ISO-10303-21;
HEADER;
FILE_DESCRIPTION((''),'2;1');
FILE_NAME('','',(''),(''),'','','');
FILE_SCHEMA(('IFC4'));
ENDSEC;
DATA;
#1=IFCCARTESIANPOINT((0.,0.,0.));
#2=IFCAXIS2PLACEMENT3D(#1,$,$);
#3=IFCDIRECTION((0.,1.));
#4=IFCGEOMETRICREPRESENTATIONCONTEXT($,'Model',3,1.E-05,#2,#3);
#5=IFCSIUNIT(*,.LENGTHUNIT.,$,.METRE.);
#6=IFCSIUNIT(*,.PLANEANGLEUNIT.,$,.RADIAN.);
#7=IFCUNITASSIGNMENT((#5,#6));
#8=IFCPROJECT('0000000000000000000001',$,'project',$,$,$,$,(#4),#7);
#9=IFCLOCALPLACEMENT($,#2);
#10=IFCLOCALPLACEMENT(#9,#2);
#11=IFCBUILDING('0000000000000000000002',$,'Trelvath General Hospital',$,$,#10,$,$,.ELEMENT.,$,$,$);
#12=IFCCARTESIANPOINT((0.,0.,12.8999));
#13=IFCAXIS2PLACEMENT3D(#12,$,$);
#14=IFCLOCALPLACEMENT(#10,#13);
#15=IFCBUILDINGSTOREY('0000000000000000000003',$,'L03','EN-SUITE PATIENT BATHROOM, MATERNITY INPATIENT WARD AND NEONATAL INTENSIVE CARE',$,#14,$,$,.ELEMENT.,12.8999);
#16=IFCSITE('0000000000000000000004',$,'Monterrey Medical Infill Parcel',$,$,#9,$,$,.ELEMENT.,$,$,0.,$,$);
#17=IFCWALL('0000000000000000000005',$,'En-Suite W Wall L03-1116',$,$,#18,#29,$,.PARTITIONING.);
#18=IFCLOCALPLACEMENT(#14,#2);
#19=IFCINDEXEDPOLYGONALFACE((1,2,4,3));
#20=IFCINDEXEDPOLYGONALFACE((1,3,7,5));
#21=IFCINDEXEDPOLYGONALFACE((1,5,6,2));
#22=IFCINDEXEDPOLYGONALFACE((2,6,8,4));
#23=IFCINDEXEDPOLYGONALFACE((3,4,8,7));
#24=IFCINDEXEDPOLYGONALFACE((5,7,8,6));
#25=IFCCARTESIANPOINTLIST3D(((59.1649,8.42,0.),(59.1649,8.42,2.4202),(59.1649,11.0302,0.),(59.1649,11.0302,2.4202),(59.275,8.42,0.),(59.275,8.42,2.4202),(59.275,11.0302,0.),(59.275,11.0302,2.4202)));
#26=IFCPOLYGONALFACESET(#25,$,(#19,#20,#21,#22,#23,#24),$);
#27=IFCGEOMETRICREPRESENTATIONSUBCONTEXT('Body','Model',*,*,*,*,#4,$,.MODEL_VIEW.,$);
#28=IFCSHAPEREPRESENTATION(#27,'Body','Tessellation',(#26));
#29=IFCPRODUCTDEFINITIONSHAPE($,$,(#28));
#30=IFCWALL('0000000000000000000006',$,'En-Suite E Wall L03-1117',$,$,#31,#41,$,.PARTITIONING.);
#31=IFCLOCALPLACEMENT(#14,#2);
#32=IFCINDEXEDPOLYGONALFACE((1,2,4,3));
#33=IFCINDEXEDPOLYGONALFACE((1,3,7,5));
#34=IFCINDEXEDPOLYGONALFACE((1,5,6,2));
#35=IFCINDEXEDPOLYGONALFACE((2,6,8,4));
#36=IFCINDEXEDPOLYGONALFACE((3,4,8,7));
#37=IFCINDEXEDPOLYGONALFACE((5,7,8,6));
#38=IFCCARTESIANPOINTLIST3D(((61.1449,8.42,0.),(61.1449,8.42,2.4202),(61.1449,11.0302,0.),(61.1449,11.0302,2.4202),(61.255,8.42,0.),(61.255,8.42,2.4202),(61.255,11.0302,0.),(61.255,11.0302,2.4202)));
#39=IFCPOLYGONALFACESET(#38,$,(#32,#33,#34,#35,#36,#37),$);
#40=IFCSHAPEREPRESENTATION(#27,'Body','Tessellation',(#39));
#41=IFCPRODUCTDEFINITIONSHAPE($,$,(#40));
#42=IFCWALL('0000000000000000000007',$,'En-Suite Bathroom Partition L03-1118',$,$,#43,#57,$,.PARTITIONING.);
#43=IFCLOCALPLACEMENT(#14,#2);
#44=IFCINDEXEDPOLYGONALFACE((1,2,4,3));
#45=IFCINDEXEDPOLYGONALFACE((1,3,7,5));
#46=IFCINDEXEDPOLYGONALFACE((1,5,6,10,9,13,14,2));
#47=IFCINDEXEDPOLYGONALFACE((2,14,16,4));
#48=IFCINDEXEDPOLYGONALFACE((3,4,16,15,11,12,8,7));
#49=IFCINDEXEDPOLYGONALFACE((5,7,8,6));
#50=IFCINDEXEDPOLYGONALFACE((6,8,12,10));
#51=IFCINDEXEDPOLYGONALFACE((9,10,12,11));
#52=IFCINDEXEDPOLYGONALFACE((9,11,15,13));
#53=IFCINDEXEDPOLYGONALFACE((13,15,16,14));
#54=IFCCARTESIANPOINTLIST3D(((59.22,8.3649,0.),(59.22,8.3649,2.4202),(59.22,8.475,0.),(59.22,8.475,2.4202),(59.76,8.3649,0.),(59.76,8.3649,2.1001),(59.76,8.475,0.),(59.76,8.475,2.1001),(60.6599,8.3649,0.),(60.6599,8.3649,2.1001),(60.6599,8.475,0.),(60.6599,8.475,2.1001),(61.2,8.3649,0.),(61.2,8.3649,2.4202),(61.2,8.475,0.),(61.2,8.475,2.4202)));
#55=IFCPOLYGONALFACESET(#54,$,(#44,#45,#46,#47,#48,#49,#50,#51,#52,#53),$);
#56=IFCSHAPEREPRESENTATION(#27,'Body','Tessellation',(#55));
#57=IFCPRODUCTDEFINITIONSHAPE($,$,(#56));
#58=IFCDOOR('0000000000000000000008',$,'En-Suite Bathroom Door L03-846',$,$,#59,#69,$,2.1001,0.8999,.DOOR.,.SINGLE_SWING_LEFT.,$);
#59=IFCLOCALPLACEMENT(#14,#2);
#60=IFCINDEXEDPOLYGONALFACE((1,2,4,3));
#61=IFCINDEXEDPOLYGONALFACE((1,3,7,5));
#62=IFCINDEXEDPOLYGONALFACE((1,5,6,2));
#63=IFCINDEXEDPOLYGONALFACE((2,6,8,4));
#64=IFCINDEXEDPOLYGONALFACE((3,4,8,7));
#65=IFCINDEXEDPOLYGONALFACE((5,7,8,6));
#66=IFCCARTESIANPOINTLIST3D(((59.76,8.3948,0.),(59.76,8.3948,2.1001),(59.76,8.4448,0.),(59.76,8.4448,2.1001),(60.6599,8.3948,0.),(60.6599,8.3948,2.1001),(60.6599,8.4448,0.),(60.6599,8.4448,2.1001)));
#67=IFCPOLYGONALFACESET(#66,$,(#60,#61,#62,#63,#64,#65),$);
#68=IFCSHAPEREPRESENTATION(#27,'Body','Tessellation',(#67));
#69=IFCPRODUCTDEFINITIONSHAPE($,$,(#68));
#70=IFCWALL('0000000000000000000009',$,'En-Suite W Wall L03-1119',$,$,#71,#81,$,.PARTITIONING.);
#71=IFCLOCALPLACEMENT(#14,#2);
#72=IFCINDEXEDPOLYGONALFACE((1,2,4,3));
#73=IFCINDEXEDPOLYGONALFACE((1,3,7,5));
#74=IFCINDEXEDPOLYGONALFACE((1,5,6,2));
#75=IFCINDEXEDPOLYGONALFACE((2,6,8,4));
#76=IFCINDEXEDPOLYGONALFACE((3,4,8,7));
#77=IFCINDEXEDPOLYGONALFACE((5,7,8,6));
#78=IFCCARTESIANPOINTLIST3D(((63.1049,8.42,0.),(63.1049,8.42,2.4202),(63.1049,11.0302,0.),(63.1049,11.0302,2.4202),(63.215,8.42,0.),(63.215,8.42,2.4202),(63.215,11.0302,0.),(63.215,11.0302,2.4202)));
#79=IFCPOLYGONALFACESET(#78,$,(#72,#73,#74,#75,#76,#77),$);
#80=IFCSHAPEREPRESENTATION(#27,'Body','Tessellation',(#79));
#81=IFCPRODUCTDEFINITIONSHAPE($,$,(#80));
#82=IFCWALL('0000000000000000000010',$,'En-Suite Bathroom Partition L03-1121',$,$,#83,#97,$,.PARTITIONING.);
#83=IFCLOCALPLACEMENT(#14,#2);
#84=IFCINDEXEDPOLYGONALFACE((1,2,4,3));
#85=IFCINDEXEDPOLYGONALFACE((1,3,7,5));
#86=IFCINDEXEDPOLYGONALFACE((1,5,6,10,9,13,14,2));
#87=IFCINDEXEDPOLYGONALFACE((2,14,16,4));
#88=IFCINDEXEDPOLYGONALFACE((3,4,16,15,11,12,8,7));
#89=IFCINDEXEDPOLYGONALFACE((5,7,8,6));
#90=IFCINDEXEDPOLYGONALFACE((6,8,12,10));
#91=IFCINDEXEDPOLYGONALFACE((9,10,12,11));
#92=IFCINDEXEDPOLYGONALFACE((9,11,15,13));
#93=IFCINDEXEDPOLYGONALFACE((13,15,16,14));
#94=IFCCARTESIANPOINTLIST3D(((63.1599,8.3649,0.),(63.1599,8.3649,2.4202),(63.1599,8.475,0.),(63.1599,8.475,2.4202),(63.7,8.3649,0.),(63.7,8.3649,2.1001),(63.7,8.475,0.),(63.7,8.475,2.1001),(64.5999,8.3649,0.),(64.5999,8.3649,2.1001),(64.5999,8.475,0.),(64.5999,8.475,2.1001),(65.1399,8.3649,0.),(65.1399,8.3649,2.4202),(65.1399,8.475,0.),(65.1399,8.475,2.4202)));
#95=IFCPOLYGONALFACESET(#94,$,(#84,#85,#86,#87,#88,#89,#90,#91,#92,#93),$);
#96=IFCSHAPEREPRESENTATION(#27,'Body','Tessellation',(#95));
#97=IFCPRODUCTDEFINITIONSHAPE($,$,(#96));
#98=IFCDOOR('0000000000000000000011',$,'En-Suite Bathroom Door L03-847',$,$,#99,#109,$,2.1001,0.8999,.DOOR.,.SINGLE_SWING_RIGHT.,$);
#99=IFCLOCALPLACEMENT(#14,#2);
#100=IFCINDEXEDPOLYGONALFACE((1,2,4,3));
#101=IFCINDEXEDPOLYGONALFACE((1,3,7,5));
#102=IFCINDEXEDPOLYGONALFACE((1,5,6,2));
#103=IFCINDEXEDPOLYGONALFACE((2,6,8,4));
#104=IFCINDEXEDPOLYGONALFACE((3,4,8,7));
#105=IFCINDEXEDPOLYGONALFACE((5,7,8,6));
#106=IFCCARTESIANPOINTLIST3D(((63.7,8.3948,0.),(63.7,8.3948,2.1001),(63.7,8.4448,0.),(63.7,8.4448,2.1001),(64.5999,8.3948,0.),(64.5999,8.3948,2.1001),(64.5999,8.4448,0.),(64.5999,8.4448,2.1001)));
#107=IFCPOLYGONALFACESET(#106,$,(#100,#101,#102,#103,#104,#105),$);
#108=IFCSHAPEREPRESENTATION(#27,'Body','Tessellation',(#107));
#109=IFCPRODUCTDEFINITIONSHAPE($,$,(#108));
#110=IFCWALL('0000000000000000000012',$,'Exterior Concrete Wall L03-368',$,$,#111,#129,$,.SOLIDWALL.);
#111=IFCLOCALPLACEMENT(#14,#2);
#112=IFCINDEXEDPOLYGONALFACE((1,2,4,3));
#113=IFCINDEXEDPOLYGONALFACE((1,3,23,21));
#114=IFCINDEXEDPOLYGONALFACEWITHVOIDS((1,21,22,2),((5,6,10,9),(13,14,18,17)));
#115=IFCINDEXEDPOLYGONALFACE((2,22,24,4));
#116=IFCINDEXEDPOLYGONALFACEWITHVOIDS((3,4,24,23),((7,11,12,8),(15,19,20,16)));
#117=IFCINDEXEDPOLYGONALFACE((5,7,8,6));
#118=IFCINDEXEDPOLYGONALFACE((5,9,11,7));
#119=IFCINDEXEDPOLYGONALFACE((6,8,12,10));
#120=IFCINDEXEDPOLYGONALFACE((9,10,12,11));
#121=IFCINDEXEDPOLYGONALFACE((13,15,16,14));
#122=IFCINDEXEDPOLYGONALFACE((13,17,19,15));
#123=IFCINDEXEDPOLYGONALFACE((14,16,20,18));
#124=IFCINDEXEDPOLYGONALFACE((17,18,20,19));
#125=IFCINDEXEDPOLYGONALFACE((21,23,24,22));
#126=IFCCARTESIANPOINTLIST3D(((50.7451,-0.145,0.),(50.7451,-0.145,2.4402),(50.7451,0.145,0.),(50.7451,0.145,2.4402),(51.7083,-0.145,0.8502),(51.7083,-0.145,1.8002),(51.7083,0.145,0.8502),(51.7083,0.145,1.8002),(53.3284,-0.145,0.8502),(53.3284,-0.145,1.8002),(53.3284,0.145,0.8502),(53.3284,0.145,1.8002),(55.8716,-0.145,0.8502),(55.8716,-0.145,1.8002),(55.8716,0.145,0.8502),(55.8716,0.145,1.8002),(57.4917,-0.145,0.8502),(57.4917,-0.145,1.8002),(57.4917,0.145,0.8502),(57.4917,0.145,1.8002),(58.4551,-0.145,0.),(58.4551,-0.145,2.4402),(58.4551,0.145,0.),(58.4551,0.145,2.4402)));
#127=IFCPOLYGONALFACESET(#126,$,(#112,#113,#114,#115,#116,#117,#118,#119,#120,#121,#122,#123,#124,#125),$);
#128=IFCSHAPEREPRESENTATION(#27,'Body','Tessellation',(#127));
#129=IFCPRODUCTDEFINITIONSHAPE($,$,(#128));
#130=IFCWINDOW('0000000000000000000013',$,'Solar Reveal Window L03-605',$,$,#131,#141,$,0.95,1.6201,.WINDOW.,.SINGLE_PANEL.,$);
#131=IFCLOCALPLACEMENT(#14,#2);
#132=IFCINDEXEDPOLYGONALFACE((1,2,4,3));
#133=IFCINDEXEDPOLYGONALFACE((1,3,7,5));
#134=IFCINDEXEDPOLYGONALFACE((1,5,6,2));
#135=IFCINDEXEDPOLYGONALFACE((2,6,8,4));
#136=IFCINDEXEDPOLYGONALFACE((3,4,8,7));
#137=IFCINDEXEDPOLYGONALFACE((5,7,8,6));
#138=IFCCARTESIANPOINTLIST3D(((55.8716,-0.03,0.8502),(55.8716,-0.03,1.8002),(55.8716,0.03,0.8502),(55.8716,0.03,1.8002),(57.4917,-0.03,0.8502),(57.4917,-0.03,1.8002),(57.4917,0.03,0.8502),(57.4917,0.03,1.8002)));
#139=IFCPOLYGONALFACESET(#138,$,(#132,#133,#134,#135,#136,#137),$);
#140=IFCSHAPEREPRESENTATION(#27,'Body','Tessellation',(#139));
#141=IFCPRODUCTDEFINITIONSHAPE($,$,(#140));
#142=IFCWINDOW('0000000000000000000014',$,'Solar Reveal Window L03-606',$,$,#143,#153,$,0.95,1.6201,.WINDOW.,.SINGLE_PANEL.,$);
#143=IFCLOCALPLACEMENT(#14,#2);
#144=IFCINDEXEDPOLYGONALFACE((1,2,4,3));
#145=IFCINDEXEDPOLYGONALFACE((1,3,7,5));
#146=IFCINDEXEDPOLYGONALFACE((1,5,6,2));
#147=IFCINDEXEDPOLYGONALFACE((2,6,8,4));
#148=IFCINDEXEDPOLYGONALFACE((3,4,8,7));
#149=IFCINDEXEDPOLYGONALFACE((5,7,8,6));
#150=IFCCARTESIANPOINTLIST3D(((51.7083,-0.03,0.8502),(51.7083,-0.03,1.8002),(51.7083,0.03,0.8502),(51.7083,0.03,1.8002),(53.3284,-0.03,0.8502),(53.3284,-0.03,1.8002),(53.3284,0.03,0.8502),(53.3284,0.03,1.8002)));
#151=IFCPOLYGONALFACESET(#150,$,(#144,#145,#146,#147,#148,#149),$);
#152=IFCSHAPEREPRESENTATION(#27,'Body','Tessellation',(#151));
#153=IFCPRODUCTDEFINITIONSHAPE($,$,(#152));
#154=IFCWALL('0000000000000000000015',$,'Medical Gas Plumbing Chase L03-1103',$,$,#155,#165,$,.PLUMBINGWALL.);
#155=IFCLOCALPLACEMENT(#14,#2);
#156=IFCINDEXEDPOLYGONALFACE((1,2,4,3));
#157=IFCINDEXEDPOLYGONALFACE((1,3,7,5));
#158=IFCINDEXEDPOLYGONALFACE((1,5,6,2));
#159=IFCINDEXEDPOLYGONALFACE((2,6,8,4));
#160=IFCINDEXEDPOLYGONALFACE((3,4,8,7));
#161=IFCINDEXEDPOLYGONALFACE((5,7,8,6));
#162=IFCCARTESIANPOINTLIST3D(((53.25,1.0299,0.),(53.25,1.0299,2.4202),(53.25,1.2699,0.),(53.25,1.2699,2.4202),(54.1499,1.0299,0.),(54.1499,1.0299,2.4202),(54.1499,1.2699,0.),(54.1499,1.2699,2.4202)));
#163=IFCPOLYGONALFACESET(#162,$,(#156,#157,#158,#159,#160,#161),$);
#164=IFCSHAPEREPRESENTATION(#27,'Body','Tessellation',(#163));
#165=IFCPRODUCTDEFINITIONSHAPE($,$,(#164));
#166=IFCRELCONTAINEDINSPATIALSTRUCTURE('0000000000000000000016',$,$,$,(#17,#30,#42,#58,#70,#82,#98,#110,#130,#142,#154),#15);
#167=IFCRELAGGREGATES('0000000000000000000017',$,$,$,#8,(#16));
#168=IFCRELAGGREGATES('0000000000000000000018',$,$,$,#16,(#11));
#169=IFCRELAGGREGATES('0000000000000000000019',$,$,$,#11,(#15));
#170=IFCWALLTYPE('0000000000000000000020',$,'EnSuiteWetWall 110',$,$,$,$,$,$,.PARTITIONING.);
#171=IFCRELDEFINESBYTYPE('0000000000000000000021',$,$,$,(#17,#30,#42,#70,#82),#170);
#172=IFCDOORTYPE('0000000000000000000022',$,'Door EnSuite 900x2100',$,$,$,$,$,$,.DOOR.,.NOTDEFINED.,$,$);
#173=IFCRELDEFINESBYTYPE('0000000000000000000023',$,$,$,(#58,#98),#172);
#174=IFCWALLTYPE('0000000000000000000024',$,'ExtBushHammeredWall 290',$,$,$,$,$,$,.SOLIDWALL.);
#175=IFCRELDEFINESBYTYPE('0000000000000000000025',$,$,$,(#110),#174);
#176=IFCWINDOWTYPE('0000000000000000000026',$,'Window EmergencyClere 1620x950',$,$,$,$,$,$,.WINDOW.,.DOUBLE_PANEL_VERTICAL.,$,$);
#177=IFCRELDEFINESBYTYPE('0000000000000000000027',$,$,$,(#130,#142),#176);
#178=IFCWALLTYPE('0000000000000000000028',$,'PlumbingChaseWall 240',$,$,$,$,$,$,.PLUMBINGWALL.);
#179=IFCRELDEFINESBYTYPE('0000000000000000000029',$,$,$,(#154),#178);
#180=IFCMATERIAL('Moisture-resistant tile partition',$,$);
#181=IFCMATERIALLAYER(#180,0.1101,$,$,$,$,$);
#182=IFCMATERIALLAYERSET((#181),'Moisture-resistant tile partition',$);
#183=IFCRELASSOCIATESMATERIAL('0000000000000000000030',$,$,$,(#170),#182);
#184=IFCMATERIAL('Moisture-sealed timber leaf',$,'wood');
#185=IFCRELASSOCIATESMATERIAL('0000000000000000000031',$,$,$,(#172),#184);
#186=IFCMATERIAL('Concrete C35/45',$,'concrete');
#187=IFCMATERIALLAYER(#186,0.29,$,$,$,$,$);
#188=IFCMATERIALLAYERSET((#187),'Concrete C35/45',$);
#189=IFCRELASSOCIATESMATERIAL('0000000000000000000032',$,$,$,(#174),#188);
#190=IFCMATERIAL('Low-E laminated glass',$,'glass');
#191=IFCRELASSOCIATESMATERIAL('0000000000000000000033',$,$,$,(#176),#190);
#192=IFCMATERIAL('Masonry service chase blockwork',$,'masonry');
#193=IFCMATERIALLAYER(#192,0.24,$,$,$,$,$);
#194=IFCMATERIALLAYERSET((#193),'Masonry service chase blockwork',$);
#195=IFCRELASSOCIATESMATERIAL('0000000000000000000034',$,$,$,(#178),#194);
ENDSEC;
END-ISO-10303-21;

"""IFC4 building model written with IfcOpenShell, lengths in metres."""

from ifc_helpers import new_model, si_unit, direction, frame, frame_2d, origin, place, context, subcontext, project, spatial, rectangle, extrude, material, layer, layer_set, type_object, element, fill, save


model = new_model("IFC4")

# Units and contexts
model_context = context("Model", 3, precision=1e-05, world=origin(), true_north=direction((0.0, 1.0)))
body_context = subcontext(model_context, "Body", "Model", "MODEL_VIEW")
ifc_project = project(units=[si_unit("LENGTHUNIT", "METRE"), si_unit("PLANEANGLEUNIT", "RADIAN")], contexts=[model_context])

# Site, building, storey
site_placement = place(None, origin())
site = spatial("IfcSite", under=ifc_project, at=site_placement, Name="Monterrey Medical Infill Parcel", CompositionType="ELEMENT", RefElevation=0.0)
building_placement = place(site_placement, origin())
building = spatial("IfcBuilding", under=site, at=building_placement, Name="Trelvath General Hospital", CompositionType="ELEMENT")
storey_placement = place(building_placement, frame((0.0, 0.0, 12.8999)))
storey = spatial("IfcBuildingStorey", under=building, at=storey_placement, Name="L03", Description="EN-SUITE PATIENT BATHROOM, MATERNITY INPATIENT WARD AND NEONATAL INTENSIVE CARE", CompositionType="ELEMENT", Elevation=12.8999)

# Shared definitions
ifc_material_1 = material(Name="Moisture-resistant tile partition")
ifc_layer_1 = layer(ifc_material_1, 0.1101)
ifc_layer_set_1 = layer_set([ifc_layer_1], Name="Moisture-resistant tile partition")
wall_type_1 = type_object("IfcWallType", Name="EnSuiteWetWall 110", PredefinedType="PARTITIONING", material=ifc_layer_set_1)

# Shared definitions
ifc_material_2 = material(Name="Moisture-sealed timber leaf", Category="wood")
door_type = type_object("IfcDoorType", Name="Door EnSuite 900x2100", OperationType="NOTDEFINED", PredefinedType="DOOR", material=ifc_material_2)

# Walls
for number, where, z_axis, x_axis, name in (
    (1, (59.22, 8.4199, 0.0), (0.0, 0.0, 1.0), (0.0, 1.0, 0.0), "En-Suite W Wall L03-1116"),
    (2, (61.2, 8.4199, 0.0), (0.0, 0.0, 1.0), (0.0, 1.0, 0.0), "En-Suite E Wall L03-1117"),
):
    element("IfcWall", number, at=place(storey_placement, frame(where, z_axis=z_axis, x_axis=x_axis)), inside=storey, type_object=wall_type_1, Name=name, PredefinedType="PARTITIONING", context=body_context, shape_type="SweptSolid", body=[
        extrude(rectangle(XDim=2.6101, YDim=0.1101, at=frame_2d((1.3052, 0.0))), origin(), (0.0, 0.0, 1.0), 2.4202),
    ])

# Wall, opening, door
wall_1_placement = place(storey_placement, frame((59.22, 8.4199, 0.0), z_axis=(0.0, 0.0, 1.0), x_axis=(1.0, 0.0, 0.0)))
wall_1 = element("IfcWall", 3, at=wall_1_placement, inside=storey, type_object=wall_type_1, Name="En-Suite Bathroom Partition L03-1118", PredefinedType="PARTITIONING", context=body_context, shape_type="SweptSolid", body=[
    extrude(rectangle(XDim=1.98, YDim=0.1101, at=frame_2d((0.99, 0.0))), origin(), (0.0, 0.0, 1.0), 2.4202),
])
opening_1_placement = place(wall_1_placement, frame((0.54, 0.0, 0.0)))
opening_1 = element("IfcOpeningElement", 4, at=opening_1_placement, cuts=wall_1, PredefinedType="OPENING", context=body_context, shape_type="SweptSolid", body=[
    extrude(rectangle(XDim=0.8999, YDim=2.1001, at=frame_2d((0.45, 1.05))), frame((0.0, 0.0649, 0.0), z_axis=(0.0, -1.0, 0.0), x_axis=(1.0, 0.0, 0.0)), (0.0, 0.0, 1.0), 0.1301),
])
door_1_placement = place(opening_1_placement, origin())
door_1 = element("IfcDoor", 5, at=door_1_placement, inside=storey, type_object=door_type, Name="En-Suite Bathroom Door L03-846", OperationType="SINGLE_SWING_LEFT", OverallHeight=2.1001, OverallWidth=0.8999, PredefinedType="DOOR", context=body_context, shape_type="SweptSolid", body=[
    extrude(rectangle(XDim=0.8999, YDim=2.1001, at=frame_2d((0.45, 1.05))), frame((0.0, 0.0249, 0.0), z_axis=(0.0, -1.0, 0.0), x_axis=(1.0, 0.0, 0.0)), (0.0, 0.0, 1.0), 0.05),
])
fill(opening_1, door_1)

# Wall
wall_2_placement = place(storey_placement, frame((63.1599, 8.4199, 0.0), z_axis=(0.0, 0.0, 1.0), x_axis=(0.0, 1.0, 0.0)))
element("IfcWall", 6, at=wall_2_placement, inside=storey, type_object=wall_type_1, Name="En-Suite W Wall L03-1119", PredefinedType="PARTITIONING", context=body_context, shape_type="SweptSolid", body=[
    extrude(rectangle(XDim=2.6101, YDim=0.1101, at=frame_2d((1.3052, 0.0))), origin(), (0.0, 0.0, 1.0), 2.4202),
])

# Wall, opening, door
wall_3_placement = place(storey_placement, frame((63.1599, 8.4199, 0.0), z_axis=(0.0, 0.0, 1.0), x_axis=(1.0, 0.0, 0.0)))
wall_3 = element("IfcWall", 7, at=wall_3_placement, inside=storey, type_object=wall_type_1, Name="En-Suite Bathroom Partition L03-1121", PredefinedType="PARTITIONING", context=body_context, shape_type="SweptSolid", body=[
    extrude(rectangle(XDim=1.98, YDim=0.1101, at=frame_2d((0.99, 0.0))), origin(), (0.0, 0.0, 1.0), 2.4202),
])
opening_2_placement = place(wall_3_placement, frame((0.54, 0.0, 0.0)))
opening_2 = element("IfcOpeningElement", 8, at=opening_2_placement, cuts=wall_3, PredefinedType="OPENING", context=body_context, shape_type="SweptSolid", body=[
    extrude(rectangle(XDim=0.8999, YDim=2.1001, at=frame_2d((0.45, 1.05))), frame((0.0, 0.0649, 0.0), z_axis=(0.0, -1.0, 0.0), x_axis=(1.0, 0.0, 0.0)), (0.0, 0.0, 1.0), 0.1301),
])
door_2_placement = place(opening_2_placement, origin())
door_2 = element("IfcDoor", 9, at=door_2_placement, inside=storey, type_object=door_type, Name="En-Suite Bathroom Door L03-847", OperationType="SINGLE_SWING_RIGHT", OverallHeight=2.1001, OverallWidth=0.8999, PredefinedType="DOOR", context=body_context, shape_type="SweptSolid", body=[
    extrude(rectangle(XDim=0.8999, YDim=2.1001, at=frame_2d((0.45, 1.05))), frame((0.0, 0.0249, 0.0), z_axis=(0.0, -1.0, 0.0), x_axis=(1.0, 0.0, 0.0)), (0.0, 0.0, 1.0), 0.05),
])
fill(opening_2, door_2)

# Wall, openings, windows
ifc_material_3 = material(Name="Concrete C35/45", Category="concrete")
ifc_layer_2 = layer(ifc_material_3, 0.29)
ifc_layer_set_2 = layer_set([ifc_layer_2], Name="Concrete C35/45")
wall_type_2 = type_object("IfcWallType", Name="ExtBushHammeredWall 290", PredefinedType="SOLIDWALL", material=ifc_layer_set_2)
wall_4_placement = place(storey_placement, frame((58.4551, 0.0, 0.0), z_axis=(0.0, 0.0, 1.0), x_axis=(-1.0, 0.0, 0.0)))
wall_4 = element("IfcWall", 10, at=wall_4_placement, inside=storey, type_object=wall_type_2, Name="Exterior Concrete Wall L03-368", PredefinedType="SOLIDWALL", context=body_context, shape_type="SweptSolid", body=[
    extrude(rectangle(XDim=7.71, YDim=0.29, at=frame_2d((3.855, 0.0))), origin(), (0.0, 0.0, 1.0), 2.4402),
])
opening_3_placement = place(wall_4_placement, frame((0.9634, 0.0, 0.8501)))
opening_3 = element("IfcOpeningElement", 11, at=opening_3_placement, cuts=wall_4, PredefinedType="OPENING", context=body_context, shape_type="SweptSolid", body=[
    extrude(rectangle(XDim=1.6201, YDim=0.95, at=frame_2d((0.8101, 0.4751))), frame((0.0, 0.155, 0.0), z_axis=(0.0, -1.0, 0.0), x_axis=(1.0, 0.0, 0.0)), (0.0, 0.0, 1.0), 0.3101),
])
opening_4_placement = place(wall_4_placement, frame((5.1267, 0.0, 0.8501)))
opening_4 = element("IfcOpeningElement", 12, at=opening_4_placement, cuts=wall_4, PredefinedType="OPENING", context=body_context, shape_type="SweptSolid", body=[
    extrude(rectangle(XDim=1.6201, YDim=0.95, at=frame_2d((0.8101, 0.4751))), frame((0.0, 0.155, 0.0), z_axis=(0.0, -1.0, 0.0), x_axis=(1.0, 0.0, 0.0)), (0.0, 0.0, 1.0), 0.3101),
])
ifc_material_4 = material(Name="Low-E laminated glass", Category="glass")
window_type = type_object("IfcWindowType", Name="Window EmergencyClere 1620x950", PartitioningType="DOUBLE_PANEL_VERTICAL", PredefinedType="WINDOW", material=ifc_material_4)
window_1_placement = place(opening_3_placement, origin())
window_1 = element("IfcWindow", 13, at=window_1_placement, inside=storey, type_object=window_type, Name="Solar Reveal Window L03-605", OverallHeight=0.95, OverallWidth=1.6201, PartitioningType="SINGLE_PANEL", PredefinedType="WINDOW", context=body_context, shape_type="SweptSolid", body=[
    extrude(rectangle(XDim=1.6201, YDim=0.95, at=frame_2d((0.8101, 0.4751))), frame((0.0, 0.03, 0.0), z_axis=(0.0, -1.0, 0.0), x_axis=(1.0, 0.0, 0.0)), (0.0, 0.0, 1.0), 0.0601),
])
fill(opening_3, window_1)
window_2_placement = place(opening_4_placement, origin())
window_2 = element("IfcWindow", 14, at=window_2_placement, inside=storey, type_object=window_type, Name="Solar Reveal Window L03-606", OverallHeight=0.95, OverallWidth=1.6201, PartitioningType="SINGLE_PANEL", PredefinedType="WINDOW", context=body_context, shape_type="SweptSolid", body=[
    extrude(rectangle(XDim=1.6201, YDim=0.95, at=frame_2d((0.8101, 0.4751))), frame((0.0, 0.03, 0.0), z_axis=(0.0, -1.0, 0.0), x_axis=(1.0, 0.0, 0.0)), (0.0, 0.0, 1.0), 0.0601),
])
fill(opening_4, window_2)

# Wall
ifc_material_5 = material(Name="Masonry service chase blockwork", Category="masonry")
ifc_layer_3 = layer(ifc_material_5, 0.24)
ifc_layer_set_3 = layer_set([ifc_layer_3], Name="Masonry service chase blockwork")
wall_type_3 = type_object("IfcWallType", Name="PlumbingChaseWall 240", PredefinedType="PLUMBINGWALL", material=ifc_layer_set_3)
wall_5_placement = place(storey_placement, frame((53.25, 1.1499, 0.0), z_axis=(0.0, 0.0, 1.0), x_axis=(1.0, 0.0, 0.0)))
element("IfcWall", 15, at=wall_5_placement, inside=storey, type_object=wall_type_3, Name="Medical Gas Plumbing Chase L03-1103", PredefinedType="PLUMBINGWALL", context=body_context, shape_type="SweptSolid", body=[
    extrude(rectangle(XDim=0.8999, YDim=0.24, at=frame_2d((0.45, 0.0))), origin(), (0.0, 0.0, 1.0), 2.4202),
])

save(model, "model.ifc")
